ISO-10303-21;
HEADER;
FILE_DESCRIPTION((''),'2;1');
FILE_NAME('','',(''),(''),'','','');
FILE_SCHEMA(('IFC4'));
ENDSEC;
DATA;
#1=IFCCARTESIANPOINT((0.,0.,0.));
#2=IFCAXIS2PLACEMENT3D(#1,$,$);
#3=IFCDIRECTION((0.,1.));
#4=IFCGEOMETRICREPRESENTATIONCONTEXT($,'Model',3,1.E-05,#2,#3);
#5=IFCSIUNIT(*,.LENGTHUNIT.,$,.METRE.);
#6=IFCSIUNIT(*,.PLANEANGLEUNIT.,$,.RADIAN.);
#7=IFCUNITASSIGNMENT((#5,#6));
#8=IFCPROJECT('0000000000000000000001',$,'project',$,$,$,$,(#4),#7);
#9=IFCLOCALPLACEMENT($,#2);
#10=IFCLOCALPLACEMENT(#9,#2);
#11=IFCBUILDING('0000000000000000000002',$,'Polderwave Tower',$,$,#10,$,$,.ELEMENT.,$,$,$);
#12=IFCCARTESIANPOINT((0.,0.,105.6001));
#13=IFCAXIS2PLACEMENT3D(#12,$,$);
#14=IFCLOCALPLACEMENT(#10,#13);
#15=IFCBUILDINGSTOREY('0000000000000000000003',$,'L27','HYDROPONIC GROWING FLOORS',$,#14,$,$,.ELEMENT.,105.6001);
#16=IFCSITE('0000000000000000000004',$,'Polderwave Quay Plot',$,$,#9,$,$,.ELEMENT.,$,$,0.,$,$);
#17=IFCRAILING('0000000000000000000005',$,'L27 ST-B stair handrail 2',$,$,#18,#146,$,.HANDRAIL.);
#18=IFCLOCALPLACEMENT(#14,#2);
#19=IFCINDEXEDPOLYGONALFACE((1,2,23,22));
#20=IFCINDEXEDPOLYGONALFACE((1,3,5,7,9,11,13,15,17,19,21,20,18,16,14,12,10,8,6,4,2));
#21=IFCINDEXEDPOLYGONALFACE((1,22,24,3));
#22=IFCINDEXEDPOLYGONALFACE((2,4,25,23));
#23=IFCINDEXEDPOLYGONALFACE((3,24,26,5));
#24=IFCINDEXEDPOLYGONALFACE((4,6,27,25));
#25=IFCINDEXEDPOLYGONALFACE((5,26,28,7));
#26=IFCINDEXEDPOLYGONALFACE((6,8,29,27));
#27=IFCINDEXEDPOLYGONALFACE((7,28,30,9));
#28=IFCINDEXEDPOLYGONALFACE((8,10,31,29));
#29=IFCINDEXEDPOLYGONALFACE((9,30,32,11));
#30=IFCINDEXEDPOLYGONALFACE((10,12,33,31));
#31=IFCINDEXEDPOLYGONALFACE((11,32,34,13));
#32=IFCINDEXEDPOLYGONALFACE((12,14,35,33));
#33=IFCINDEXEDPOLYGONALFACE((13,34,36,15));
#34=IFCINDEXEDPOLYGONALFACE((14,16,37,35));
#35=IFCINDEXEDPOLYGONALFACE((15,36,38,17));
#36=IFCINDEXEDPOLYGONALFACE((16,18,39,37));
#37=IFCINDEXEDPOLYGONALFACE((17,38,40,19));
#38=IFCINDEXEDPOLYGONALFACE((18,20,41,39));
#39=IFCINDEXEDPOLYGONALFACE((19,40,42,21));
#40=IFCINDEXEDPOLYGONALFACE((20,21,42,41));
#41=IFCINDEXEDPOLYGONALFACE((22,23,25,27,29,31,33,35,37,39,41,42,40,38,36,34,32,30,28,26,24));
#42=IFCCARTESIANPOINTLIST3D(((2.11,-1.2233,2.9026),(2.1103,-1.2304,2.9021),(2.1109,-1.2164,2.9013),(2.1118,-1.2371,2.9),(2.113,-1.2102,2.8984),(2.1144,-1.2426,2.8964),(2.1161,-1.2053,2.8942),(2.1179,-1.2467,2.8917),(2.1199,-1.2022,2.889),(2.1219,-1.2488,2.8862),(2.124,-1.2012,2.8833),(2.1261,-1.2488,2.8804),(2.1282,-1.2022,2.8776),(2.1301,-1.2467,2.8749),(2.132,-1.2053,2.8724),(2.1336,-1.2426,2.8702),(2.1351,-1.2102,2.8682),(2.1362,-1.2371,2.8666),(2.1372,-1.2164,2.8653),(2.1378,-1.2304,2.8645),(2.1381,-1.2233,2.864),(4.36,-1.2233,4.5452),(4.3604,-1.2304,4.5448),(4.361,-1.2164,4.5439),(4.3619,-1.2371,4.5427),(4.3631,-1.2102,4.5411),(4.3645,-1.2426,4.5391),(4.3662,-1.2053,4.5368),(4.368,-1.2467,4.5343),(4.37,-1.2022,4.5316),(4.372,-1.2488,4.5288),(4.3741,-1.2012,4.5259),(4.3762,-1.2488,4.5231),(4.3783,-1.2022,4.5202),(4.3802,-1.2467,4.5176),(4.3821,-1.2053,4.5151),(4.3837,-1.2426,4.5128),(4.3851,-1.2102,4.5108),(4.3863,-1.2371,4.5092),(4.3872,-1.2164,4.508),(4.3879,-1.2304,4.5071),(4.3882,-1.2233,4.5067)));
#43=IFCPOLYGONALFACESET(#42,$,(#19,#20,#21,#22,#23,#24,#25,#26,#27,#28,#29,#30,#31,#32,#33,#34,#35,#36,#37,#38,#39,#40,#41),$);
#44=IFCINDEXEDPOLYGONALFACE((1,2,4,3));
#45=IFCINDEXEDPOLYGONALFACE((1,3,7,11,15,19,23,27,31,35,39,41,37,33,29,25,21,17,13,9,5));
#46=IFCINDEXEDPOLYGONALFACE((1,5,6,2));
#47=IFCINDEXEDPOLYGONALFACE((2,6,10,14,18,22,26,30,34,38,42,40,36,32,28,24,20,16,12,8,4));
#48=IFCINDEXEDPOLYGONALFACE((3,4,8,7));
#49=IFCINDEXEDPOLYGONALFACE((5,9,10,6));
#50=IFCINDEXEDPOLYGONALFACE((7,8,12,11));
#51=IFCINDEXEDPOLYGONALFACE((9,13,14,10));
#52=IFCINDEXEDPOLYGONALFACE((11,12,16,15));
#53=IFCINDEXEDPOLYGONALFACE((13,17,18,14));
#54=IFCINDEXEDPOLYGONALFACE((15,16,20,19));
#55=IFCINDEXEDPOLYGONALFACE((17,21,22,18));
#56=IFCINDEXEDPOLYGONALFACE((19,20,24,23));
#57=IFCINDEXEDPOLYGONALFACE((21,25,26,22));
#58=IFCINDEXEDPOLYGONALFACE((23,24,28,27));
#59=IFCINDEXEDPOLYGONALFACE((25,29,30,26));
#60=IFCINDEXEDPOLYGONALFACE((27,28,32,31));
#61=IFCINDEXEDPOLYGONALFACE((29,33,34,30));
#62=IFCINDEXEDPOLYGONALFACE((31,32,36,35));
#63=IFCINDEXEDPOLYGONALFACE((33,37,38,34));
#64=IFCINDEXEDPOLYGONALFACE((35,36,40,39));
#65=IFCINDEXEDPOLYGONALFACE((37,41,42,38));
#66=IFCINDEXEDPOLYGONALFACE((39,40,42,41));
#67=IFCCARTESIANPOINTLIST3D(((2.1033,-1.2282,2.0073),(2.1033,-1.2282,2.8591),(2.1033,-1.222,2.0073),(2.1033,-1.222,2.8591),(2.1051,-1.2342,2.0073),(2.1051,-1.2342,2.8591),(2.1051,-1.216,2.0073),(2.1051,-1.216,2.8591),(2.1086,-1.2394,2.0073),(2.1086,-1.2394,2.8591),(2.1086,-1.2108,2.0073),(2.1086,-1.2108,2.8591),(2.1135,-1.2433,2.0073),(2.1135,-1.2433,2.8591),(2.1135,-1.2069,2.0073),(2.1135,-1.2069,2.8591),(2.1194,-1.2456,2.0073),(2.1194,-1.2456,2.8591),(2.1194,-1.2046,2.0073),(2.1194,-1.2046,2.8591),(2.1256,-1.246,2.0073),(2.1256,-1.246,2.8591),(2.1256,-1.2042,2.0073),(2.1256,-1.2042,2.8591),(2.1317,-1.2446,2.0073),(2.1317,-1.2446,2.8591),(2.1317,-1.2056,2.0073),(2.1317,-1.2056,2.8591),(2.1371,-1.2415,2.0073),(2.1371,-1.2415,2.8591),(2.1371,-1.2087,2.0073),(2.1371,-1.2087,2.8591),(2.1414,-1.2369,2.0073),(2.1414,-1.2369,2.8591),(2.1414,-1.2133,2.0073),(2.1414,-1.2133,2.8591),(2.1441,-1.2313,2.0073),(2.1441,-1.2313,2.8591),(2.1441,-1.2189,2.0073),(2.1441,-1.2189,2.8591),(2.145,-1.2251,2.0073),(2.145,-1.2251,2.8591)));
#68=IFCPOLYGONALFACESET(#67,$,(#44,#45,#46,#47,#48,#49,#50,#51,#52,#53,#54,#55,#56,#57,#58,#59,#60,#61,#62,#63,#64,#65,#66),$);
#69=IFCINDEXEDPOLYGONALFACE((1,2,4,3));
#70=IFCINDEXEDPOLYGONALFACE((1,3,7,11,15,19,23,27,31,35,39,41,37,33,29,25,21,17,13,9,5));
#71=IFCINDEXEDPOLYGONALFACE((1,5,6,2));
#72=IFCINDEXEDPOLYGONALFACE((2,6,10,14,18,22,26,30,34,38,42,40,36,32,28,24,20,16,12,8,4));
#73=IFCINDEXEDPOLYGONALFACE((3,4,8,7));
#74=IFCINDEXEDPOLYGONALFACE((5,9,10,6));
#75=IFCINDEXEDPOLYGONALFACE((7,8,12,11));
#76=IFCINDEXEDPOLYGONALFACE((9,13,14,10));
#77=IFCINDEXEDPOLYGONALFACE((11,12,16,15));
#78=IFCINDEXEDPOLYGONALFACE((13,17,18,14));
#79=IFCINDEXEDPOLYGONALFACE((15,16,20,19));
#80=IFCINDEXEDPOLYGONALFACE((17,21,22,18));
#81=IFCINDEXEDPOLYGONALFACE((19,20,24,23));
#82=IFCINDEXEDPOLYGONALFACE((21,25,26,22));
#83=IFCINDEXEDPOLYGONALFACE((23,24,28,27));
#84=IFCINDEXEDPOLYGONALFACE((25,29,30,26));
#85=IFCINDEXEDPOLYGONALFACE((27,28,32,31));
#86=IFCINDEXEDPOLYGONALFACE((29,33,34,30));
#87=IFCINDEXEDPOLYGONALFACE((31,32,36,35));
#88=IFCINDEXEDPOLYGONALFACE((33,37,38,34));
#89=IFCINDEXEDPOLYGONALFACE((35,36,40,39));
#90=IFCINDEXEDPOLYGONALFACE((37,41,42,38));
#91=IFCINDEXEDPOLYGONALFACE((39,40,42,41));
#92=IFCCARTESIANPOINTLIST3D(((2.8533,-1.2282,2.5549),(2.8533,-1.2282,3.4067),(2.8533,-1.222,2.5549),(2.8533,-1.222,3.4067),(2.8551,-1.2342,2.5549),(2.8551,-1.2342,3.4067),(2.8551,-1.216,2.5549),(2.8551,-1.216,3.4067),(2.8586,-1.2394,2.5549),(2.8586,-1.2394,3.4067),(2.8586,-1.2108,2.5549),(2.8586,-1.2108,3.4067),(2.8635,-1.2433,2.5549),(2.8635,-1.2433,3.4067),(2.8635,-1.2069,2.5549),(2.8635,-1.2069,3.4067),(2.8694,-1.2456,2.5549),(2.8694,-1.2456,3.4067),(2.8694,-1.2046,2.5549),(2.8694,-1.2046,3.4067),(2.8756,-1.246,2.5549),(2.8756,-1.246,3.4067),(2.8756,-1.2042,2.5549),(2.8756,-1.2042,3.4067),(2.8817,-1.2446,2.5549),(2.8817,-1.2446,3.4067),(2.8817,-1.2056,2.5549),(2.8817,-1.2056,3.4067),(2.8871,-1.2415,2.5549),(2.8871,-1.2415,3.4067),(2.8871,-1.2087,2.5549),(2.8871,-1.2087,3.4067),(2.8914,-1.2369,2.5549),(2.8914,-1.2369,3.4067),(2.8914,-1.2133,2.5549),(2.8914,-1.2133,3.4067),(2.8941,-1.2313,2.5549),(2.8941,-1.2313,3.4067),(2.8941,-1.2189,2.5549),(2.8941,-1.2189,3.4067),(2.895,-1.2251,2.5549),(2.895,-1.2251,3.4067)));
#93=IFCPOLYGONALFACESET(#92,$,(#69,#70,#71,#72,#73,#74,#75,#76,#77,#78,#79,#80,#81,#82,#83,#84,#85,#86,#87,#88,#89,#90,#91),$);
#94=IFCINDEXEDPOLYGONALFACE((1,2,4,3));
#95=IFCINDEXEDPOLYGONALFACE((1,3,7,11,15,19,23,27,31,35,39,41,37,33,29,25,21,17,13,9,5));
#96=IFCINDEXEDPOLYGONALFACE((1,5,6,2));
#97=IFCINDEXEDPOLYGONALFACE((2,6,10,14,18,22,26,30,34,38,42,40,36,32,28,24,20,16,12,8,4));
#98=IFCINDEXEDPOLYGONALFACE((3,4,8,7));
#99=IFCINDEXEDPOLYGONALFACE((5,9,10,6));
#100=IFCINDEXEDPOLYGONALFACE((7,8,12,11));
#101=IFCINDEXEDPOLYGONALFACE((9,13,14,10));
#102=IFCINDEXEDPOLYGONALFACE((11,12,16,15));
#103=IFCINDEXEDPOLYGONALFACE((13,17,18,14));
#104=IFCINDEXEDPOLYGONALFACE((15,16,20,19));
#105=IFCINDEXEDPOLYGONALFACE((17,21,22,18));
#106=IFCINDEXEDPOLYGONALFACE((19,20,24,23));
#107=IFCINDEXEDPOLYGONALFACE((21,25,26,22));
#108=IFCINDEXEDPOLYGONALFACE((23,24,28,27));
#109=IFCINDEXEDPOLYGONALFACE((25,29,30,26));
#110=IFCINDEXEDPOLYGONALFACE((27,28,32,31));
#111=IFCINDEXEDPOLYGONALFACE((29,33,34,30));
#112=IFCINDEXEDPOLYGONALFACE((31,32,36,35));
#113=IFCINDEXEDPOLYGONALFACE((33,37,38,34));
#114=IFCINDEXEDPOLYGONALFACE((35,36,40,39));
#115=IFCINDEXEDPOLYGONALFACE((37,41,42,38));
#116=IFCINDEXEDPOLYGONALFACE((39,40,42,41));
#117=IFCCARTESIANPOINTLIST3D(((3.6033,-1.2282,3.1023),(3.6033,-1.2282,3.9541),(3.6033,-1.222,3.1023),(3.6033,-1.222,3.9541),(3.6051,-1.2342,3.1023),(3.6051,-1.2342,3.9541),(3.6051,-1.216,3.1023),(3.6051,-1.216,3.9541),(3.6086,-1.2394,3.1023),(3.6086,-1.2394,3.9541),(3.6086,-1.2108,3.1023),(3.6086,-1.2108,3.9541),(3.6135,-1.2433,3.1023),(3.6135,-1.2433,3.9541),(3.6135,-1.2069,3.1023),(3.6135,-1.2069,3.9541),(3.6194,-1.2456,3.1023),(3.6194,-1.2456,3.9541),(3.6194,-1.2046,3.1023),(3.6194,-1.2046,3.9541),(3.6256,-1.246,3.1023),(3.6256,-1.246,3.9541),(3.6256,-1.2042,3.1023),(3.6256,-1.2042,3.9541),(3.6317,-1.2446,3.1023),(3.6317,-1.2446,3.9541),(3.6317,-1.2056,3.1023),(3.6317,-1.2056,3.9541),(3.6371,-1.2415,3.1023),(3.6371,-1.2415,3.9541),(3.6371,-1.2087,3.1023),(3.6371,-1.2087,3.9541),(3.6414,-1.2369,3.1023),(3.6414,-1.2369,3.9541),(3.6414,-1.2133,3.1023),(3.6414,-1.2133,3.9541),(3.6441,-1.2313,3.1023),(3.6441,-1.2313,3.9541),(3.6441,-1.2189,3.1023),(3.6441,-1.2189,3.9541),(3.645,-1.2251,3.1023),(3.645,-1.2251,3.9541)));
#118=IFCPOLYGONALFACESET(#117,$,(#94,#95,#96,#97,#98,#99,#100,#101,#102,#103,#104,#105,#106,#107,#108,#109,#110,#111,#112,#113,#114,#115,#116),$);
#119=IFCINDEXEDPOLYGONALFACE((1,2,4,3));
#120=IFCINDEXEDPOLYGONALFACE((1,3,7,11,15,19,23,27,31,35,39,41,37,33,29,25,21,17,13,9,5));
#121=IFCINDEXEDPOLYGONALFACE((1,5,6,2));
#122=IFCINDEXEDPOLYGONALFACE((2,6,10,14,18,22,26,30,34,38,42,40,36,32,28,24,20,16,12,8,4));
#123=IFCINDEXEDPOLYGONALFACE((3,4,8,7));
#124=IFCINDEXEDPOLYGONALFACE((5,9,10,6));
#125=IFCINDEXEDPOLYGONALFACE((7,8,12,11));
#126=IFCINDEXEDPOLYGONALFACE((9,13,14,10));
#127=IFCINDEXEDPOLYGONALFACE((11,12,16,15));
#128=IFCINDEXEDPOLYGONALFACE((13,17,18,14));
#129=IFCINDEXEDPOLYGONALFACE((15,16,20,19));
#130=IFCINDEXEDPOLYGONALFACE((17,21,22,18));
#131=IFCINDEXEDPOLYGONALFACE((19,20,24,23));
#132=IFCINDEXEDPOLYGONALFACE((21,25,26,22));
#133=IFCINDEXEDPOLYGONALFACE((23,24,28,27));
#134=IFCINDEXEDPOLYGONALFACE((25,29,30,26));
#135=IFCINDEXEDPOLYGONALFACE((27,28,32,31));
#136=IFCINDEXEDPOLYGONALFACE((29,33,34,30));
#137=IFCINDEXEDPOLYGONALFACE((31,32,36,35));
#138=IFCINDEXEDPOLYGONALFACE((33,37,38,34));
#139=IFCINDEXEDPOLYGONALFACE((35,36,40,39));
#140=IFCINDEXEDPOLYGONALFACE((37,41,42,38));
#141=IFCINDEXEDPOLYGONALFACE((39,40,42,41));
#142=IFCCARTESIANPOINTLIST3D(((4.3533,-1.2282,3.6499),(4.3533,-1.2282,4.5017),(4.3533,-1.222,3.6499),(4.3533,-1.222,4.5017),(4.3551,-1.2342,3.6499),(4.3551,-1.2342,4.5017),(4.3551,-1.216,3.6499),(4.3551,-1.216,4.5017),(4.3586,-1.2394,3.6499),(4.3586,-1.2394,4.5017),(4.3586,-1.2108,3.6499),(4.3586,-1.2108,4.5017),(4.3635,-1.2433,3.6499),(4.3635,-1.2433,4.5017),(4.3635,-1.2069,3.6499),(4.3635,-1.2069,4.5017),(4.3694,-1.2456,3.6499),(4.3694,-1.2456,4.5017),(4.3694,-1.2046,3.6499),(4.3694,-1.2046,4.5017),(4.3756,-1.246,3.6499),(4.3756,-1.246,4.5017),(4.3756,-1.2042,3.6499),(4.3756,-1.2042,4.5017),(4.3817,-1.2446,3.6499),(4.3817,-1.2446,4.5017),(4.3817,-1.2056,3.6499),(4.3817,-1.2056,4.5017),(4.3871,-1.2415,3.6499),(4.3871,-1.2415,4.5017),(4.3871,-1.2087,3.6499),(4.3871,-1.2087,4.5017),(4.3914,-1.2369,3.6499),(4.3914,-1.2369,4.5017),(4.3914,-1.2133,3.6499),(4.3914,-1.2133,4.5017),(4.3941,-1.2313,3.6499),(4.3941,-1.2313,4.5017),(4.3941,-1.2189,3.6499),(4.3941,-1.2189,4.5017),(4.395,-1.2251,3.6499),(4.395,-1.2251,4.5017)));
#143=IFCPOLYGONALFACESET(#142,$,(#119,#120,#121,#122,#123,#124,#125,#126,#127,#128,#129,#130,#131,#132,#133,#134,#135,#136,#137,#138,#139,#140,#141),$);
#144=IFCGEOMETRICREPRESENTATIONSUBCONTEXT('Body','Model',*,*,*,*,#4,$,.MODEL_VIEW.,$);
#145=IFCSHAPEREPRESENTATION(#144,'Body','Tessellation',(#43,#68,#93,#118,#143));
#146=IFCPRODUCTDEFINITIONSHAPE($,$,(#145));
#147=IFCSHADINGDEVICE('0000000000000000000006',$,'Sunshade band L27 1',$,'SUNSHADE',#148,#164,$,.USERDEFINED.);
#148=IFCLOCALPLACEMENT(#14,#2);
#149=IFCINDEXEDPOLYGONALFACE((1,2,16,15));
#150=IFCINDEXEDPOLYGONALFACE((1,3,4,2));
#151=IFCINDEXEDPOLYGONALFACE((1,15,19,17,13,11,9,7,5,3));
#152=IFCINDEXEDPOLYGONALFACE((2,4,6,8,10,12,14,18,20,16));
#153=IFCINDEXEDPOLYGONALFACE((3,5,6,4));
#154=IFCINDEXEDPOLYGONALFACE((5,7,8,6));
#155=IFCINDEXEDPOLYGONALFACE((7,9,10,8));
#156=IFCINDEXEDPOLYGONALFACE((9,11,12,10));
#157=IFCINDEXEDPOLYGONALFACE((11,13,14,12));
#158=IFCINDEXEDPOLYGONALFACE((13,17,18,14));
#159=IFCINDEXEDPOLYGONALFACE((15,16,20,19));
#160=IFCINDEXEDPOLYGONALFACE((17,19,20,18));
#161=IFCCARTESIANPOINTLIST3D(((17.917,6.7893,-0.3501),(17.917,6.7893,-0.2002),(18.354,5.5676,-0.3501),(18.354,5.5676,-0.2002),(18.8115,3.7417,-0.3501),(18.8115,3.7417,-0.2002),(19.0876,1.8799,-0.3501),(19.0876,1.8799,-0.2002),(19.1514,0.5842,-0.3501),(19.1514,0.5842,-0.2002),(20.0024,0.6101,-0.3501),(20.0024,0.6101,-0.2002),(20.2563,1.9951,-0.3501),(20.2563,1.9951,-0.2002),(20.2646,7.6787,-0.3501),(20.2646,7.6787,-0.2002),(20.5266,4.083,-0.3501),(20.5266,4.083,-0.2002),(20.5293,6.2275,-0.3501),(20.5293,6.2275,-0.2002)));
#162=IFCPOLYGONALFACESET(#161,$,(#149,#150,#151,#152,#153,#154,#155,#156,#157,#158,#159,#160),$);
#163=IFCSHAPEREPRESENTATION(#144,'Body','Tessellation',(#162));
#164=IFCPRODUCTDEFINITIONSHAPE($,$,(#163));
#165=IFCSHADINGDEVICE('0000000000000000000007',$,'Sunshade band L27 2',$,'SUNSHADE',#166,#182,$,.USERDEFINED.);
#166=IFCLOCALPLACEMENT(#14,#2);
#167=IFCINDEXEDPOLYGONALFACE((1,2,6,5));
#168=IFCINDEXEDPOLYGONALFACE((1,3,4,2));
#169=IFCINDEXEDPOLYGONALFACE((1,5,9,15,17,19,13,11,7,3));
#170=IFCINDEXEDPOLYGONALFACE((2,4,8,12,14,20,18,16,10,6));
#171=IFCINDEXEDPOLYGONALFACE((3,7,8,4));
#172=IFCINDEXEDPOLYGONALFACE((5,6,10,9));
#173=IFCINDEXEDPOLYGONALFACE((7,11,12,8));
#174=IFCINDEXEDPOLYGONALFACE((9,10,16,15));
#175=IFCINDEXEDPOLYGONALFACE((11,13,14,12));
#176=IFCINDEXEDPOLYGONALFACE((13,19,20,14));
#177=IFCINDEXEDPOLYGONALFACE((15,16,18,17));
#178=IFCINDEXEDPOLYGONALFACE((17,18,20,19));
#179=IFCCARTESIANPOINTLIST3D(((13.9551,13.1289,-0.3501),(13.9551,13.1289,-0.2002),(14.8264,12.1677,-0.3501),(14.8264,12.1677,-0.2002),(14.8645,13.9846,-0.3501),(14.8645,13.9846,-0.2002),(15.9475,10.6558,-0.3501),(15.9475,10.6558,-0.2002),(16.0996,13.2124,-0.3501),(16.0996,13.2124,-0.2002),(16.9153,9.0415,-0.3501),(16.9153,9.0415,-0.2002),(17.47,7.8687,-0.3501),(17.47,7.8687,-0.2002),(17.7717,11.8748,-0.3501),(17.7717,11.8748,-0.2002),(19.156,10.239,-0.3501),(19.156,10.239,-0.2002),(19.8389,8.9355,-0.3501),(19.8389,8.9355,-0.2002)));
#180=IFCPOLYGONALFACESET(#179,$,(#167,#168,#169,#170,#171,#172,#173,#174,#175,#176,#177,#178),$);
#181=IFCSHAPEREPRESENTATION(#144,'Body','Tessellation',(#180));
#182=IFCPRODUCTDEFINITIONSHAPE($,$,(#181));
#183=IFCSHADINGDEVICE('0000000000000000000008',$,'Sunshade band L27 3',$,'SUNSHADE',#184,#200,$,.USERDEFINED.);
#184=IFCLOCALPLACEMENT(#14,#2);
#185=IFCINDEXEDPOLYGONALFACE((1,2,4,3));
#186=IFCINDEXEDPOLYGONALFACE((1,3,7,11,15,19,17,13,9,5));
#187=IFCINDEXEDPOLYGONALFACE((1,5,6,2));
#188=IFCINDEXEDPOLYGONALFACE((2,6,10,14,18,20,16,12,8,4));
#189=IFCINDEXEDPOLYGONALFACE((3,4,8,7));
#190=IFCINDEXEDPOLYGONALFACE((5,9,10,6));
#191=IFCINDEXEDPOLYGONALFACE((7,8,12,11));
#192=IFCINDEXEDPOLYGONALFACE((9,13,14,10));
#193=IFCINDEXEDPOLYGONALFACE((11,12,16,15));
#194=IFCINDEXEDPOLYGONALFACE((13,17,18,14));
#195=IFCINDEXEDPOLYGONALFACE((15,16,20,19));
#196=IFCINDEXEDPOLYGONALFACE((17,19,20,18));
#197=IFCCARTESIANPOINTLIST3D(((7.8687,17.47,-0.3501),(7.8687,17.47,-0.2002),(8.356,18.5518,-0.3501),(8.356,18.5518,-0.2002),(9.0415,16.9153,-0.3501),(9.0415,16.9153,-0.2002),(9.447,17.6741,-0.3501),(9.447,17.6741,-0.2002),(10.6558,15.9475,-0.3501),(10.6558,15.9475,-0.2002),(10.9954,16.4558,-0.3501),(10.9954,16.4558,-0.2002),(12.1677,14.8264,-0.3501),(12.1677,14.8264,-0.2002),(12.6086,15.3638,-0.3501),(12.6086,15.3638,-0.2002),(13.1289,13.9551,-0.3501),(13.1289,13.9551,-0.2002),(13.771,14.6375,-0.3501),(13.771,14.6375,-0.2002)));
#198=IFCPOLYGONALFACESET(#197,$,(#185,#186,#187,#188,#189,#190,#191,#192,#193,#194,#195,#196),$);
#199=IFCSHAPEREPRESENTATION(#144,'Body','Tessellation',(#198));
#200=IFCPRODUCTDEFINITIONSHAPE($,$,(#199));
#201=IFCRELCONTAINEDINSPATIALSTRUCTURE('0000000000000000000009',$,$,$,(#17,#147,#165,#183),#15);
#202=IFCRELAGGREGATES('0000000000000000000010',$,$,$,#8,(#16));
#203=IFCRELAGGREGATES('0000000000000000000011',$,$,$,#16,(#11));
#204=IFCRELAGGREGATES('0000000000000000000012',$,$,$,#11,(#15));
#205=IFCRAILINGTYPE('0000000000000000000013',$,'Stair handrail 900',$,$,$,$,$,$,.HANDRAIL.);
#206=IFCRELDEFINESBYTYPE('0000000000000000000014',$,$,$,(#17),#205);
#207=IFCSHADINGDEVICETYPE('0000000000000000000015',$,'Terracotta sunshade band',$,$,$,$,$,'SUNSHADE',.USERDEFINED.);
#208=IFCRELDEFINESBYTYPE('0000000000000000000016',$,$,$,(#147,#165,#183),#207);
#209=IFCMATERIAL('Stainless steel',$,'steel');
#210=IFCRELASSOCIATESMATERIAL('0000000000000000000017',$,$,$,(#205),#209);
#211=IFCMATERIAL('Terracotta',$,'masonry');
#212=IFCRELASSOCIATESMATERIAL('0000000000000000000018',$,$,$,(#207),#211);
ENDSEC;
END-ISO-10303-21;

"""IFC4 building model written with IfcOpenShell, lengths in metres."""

from ifc_helpers import new_model, si_unit, direction, frame, origin, origin_2d, place, context, subcontext, project, spatial, polyline, circle, outline, extrude, material, type_object, element, save


model = new_model("IFC4")

# Units and contexts
model_context = context("Model", 3, precision=1e-05, world=origin(), true_north=direction((0.0, 1.0)))
body_context = subcontext(model_context, "Body", "Model", "MODEL_VIEW")
ifc_project = project(units=[si_unit("LENGTHUNIT", "METRE"), si_unit("PLANEANGLEUNIT", "RADIAN")], contexts=[model_context])

# Site, building, storey
site_placement = place(None, origin())
site = spatial("IfcSite", under=ifc_project, at=site_placement, Name="Polderwave Quay Plot", CompositionType="ELEMENT", RefElevation=0.0)
building_placement = place(site_placement, origin())
building = spatial("IfcBuilding", under=site, at=building_placement, Name="Polderwave Tower", CompositionType="ELEMENT")
storey_placement = place(building_placement, frame((0.0, 0.0, 105.6001)))
storey = spatial("IfcBuildingStorey", under=building, at=storey_placement, Name="L27", Description="HYDROPONIC GROWING FLOORS", CompositionType="ELEMENT", Elevation=105.6001)

# Railing
ifc_material_1 = material(Name="Stainless steel", Category="steel")
railing_type_1 = type_object("IfcRailingType", Name="Stair handrail 900", PredefinedType="HANDRAIL", material=ifc_material_1)
railing_1_placement = place(storey_placement, frame((2.124, -1.2251, 2.0073)))
element("IfcRailing", 1, at=railing_1_placement, inside=storey, type_object=railing_type_1, Name="L27 ST-B stair handrail 2", PredefinedType="HANDRAIL", context=body_context, shape_type="SweptSolid", body=[
    extrude(circle(Radius=0.0239, at=origin_2d()), frame((0.0, 0.0, 0.876), z_axis=(0.807674, 0.0, 0.58963), x_axis=(0.0, 1.0, 0.0)), (0.0, 0.0, 1.0), 2.7859),
    extrude(circle(Radius=0.021, at=origin_2d()), origin(), (0.0, 0.0, 1.0), 0.8518),
    extrude(circle(Radius=0.021, at=origin_2d()), frame((0.75, 0.0, 0.5476)), (0.0, 0.0, 1.0), 0.8518),
    extrude(circle(Radius=0.021, at=origin_2d()), frame((1.5, 0.0, 1.095)), (0.0, 0.0, 1.0), 0.8518),
    extrude(circle(Radius=0.021, at=origin_2d()), frame((2.25, 0.0, 1.6426)), (0.0, 0.0, 1.0), 0.8518),
])

# Shading devices
ifc_material_2 = material(Name="Terracotta", Category="masonry")
shading_device_type = type_object("IfcShadingDeviceType", Name="Terracotta sunshade band", ElementType="SUNSHADE", PredefinedType="USERDEFINED", material=ifc_material_2)
shading_device_1_placement = place(storey_placement, frame((0.0, 0.0, -0.3501)))
element("IfcShadingDevice", 2, at=shading_device_1_placement, inside=storey, type_object=shading_device_type, Name="Sunshade band L27 1", ObjectType="SUNSHADE", PredefinedType="USERDEFINED", context=body_context, shape_type="SweptSolid", body=[
    extrude(outline(polyline([(19.1514, 0.5842), (19.0876, 1.8799), (18.8115, 3.7417), (18.354, 5.5676), (17.917, 6.7893), (20.2646, 7.6787), (20.5293, 6.2275), (20.5266, 4.083), (20.2563, 1.9951), (20.0024, 0.6101), (19.1514, 0.5842)])), origin(), (0.0, 0.0, 1.0), 0.1499),
])
shading_device_2_placement = place(storey_placement, frame((0.0, 0.0, -0.3501)))
element("IfcShadingDevice", 3, at=shading_device_2_placement, inside=storey, type_object=shading_device_type, Name="Sunshade band L27 2", ObjectType="SUNSHADE", PredefinedType="USERDEFINED", context=body_context, shape_type="SweptSolid", body=[
    extrude(outline(polyline([(17.47, 7.8687), (16.9153, 9.0415), (15.9475, 10.6558), (14.8264, 12.1677), (13.9551, 13.1289), (14.8645, 13.9846), (16.0996, 13.2124), (17.7717, 11.8748), (19.156, 10.239), (19.8389, 8.9355), (17.47, 7.8687)])), origin(), (0.0, 0.0, 1.0), 0.1499),
])
shading_device_3_placement = place(storey_placement, frame((0.0, 0.0, -0.3501)))
element("IfcShadingDevice", 4, at=shading_device_3_placement, inside=storey, type_object=shading_device_type, Name="Sunshade band L27 3", ObjectType="SUNSHADE", PredefinedType="USERDEFINED", context=body_context, shape_type="SweptSolid", body=[
    extrude(outline(polyline([(13.1289, 13.9551), (12.1677, 14.8264), (10.6558, 15.9475), (9.0415, 16.9153), (7.8687, 17.47), (8.356, 18.5518), (9.447, 17.6741), (10.9954, 16.4558), (12.6086, 15.3638), (13.771, 14.6375), (13.1289, 13.9551)])), origin(), (0.0, 0.0, 1.0), 0.1499),
])

save(model, "model.ifc")
